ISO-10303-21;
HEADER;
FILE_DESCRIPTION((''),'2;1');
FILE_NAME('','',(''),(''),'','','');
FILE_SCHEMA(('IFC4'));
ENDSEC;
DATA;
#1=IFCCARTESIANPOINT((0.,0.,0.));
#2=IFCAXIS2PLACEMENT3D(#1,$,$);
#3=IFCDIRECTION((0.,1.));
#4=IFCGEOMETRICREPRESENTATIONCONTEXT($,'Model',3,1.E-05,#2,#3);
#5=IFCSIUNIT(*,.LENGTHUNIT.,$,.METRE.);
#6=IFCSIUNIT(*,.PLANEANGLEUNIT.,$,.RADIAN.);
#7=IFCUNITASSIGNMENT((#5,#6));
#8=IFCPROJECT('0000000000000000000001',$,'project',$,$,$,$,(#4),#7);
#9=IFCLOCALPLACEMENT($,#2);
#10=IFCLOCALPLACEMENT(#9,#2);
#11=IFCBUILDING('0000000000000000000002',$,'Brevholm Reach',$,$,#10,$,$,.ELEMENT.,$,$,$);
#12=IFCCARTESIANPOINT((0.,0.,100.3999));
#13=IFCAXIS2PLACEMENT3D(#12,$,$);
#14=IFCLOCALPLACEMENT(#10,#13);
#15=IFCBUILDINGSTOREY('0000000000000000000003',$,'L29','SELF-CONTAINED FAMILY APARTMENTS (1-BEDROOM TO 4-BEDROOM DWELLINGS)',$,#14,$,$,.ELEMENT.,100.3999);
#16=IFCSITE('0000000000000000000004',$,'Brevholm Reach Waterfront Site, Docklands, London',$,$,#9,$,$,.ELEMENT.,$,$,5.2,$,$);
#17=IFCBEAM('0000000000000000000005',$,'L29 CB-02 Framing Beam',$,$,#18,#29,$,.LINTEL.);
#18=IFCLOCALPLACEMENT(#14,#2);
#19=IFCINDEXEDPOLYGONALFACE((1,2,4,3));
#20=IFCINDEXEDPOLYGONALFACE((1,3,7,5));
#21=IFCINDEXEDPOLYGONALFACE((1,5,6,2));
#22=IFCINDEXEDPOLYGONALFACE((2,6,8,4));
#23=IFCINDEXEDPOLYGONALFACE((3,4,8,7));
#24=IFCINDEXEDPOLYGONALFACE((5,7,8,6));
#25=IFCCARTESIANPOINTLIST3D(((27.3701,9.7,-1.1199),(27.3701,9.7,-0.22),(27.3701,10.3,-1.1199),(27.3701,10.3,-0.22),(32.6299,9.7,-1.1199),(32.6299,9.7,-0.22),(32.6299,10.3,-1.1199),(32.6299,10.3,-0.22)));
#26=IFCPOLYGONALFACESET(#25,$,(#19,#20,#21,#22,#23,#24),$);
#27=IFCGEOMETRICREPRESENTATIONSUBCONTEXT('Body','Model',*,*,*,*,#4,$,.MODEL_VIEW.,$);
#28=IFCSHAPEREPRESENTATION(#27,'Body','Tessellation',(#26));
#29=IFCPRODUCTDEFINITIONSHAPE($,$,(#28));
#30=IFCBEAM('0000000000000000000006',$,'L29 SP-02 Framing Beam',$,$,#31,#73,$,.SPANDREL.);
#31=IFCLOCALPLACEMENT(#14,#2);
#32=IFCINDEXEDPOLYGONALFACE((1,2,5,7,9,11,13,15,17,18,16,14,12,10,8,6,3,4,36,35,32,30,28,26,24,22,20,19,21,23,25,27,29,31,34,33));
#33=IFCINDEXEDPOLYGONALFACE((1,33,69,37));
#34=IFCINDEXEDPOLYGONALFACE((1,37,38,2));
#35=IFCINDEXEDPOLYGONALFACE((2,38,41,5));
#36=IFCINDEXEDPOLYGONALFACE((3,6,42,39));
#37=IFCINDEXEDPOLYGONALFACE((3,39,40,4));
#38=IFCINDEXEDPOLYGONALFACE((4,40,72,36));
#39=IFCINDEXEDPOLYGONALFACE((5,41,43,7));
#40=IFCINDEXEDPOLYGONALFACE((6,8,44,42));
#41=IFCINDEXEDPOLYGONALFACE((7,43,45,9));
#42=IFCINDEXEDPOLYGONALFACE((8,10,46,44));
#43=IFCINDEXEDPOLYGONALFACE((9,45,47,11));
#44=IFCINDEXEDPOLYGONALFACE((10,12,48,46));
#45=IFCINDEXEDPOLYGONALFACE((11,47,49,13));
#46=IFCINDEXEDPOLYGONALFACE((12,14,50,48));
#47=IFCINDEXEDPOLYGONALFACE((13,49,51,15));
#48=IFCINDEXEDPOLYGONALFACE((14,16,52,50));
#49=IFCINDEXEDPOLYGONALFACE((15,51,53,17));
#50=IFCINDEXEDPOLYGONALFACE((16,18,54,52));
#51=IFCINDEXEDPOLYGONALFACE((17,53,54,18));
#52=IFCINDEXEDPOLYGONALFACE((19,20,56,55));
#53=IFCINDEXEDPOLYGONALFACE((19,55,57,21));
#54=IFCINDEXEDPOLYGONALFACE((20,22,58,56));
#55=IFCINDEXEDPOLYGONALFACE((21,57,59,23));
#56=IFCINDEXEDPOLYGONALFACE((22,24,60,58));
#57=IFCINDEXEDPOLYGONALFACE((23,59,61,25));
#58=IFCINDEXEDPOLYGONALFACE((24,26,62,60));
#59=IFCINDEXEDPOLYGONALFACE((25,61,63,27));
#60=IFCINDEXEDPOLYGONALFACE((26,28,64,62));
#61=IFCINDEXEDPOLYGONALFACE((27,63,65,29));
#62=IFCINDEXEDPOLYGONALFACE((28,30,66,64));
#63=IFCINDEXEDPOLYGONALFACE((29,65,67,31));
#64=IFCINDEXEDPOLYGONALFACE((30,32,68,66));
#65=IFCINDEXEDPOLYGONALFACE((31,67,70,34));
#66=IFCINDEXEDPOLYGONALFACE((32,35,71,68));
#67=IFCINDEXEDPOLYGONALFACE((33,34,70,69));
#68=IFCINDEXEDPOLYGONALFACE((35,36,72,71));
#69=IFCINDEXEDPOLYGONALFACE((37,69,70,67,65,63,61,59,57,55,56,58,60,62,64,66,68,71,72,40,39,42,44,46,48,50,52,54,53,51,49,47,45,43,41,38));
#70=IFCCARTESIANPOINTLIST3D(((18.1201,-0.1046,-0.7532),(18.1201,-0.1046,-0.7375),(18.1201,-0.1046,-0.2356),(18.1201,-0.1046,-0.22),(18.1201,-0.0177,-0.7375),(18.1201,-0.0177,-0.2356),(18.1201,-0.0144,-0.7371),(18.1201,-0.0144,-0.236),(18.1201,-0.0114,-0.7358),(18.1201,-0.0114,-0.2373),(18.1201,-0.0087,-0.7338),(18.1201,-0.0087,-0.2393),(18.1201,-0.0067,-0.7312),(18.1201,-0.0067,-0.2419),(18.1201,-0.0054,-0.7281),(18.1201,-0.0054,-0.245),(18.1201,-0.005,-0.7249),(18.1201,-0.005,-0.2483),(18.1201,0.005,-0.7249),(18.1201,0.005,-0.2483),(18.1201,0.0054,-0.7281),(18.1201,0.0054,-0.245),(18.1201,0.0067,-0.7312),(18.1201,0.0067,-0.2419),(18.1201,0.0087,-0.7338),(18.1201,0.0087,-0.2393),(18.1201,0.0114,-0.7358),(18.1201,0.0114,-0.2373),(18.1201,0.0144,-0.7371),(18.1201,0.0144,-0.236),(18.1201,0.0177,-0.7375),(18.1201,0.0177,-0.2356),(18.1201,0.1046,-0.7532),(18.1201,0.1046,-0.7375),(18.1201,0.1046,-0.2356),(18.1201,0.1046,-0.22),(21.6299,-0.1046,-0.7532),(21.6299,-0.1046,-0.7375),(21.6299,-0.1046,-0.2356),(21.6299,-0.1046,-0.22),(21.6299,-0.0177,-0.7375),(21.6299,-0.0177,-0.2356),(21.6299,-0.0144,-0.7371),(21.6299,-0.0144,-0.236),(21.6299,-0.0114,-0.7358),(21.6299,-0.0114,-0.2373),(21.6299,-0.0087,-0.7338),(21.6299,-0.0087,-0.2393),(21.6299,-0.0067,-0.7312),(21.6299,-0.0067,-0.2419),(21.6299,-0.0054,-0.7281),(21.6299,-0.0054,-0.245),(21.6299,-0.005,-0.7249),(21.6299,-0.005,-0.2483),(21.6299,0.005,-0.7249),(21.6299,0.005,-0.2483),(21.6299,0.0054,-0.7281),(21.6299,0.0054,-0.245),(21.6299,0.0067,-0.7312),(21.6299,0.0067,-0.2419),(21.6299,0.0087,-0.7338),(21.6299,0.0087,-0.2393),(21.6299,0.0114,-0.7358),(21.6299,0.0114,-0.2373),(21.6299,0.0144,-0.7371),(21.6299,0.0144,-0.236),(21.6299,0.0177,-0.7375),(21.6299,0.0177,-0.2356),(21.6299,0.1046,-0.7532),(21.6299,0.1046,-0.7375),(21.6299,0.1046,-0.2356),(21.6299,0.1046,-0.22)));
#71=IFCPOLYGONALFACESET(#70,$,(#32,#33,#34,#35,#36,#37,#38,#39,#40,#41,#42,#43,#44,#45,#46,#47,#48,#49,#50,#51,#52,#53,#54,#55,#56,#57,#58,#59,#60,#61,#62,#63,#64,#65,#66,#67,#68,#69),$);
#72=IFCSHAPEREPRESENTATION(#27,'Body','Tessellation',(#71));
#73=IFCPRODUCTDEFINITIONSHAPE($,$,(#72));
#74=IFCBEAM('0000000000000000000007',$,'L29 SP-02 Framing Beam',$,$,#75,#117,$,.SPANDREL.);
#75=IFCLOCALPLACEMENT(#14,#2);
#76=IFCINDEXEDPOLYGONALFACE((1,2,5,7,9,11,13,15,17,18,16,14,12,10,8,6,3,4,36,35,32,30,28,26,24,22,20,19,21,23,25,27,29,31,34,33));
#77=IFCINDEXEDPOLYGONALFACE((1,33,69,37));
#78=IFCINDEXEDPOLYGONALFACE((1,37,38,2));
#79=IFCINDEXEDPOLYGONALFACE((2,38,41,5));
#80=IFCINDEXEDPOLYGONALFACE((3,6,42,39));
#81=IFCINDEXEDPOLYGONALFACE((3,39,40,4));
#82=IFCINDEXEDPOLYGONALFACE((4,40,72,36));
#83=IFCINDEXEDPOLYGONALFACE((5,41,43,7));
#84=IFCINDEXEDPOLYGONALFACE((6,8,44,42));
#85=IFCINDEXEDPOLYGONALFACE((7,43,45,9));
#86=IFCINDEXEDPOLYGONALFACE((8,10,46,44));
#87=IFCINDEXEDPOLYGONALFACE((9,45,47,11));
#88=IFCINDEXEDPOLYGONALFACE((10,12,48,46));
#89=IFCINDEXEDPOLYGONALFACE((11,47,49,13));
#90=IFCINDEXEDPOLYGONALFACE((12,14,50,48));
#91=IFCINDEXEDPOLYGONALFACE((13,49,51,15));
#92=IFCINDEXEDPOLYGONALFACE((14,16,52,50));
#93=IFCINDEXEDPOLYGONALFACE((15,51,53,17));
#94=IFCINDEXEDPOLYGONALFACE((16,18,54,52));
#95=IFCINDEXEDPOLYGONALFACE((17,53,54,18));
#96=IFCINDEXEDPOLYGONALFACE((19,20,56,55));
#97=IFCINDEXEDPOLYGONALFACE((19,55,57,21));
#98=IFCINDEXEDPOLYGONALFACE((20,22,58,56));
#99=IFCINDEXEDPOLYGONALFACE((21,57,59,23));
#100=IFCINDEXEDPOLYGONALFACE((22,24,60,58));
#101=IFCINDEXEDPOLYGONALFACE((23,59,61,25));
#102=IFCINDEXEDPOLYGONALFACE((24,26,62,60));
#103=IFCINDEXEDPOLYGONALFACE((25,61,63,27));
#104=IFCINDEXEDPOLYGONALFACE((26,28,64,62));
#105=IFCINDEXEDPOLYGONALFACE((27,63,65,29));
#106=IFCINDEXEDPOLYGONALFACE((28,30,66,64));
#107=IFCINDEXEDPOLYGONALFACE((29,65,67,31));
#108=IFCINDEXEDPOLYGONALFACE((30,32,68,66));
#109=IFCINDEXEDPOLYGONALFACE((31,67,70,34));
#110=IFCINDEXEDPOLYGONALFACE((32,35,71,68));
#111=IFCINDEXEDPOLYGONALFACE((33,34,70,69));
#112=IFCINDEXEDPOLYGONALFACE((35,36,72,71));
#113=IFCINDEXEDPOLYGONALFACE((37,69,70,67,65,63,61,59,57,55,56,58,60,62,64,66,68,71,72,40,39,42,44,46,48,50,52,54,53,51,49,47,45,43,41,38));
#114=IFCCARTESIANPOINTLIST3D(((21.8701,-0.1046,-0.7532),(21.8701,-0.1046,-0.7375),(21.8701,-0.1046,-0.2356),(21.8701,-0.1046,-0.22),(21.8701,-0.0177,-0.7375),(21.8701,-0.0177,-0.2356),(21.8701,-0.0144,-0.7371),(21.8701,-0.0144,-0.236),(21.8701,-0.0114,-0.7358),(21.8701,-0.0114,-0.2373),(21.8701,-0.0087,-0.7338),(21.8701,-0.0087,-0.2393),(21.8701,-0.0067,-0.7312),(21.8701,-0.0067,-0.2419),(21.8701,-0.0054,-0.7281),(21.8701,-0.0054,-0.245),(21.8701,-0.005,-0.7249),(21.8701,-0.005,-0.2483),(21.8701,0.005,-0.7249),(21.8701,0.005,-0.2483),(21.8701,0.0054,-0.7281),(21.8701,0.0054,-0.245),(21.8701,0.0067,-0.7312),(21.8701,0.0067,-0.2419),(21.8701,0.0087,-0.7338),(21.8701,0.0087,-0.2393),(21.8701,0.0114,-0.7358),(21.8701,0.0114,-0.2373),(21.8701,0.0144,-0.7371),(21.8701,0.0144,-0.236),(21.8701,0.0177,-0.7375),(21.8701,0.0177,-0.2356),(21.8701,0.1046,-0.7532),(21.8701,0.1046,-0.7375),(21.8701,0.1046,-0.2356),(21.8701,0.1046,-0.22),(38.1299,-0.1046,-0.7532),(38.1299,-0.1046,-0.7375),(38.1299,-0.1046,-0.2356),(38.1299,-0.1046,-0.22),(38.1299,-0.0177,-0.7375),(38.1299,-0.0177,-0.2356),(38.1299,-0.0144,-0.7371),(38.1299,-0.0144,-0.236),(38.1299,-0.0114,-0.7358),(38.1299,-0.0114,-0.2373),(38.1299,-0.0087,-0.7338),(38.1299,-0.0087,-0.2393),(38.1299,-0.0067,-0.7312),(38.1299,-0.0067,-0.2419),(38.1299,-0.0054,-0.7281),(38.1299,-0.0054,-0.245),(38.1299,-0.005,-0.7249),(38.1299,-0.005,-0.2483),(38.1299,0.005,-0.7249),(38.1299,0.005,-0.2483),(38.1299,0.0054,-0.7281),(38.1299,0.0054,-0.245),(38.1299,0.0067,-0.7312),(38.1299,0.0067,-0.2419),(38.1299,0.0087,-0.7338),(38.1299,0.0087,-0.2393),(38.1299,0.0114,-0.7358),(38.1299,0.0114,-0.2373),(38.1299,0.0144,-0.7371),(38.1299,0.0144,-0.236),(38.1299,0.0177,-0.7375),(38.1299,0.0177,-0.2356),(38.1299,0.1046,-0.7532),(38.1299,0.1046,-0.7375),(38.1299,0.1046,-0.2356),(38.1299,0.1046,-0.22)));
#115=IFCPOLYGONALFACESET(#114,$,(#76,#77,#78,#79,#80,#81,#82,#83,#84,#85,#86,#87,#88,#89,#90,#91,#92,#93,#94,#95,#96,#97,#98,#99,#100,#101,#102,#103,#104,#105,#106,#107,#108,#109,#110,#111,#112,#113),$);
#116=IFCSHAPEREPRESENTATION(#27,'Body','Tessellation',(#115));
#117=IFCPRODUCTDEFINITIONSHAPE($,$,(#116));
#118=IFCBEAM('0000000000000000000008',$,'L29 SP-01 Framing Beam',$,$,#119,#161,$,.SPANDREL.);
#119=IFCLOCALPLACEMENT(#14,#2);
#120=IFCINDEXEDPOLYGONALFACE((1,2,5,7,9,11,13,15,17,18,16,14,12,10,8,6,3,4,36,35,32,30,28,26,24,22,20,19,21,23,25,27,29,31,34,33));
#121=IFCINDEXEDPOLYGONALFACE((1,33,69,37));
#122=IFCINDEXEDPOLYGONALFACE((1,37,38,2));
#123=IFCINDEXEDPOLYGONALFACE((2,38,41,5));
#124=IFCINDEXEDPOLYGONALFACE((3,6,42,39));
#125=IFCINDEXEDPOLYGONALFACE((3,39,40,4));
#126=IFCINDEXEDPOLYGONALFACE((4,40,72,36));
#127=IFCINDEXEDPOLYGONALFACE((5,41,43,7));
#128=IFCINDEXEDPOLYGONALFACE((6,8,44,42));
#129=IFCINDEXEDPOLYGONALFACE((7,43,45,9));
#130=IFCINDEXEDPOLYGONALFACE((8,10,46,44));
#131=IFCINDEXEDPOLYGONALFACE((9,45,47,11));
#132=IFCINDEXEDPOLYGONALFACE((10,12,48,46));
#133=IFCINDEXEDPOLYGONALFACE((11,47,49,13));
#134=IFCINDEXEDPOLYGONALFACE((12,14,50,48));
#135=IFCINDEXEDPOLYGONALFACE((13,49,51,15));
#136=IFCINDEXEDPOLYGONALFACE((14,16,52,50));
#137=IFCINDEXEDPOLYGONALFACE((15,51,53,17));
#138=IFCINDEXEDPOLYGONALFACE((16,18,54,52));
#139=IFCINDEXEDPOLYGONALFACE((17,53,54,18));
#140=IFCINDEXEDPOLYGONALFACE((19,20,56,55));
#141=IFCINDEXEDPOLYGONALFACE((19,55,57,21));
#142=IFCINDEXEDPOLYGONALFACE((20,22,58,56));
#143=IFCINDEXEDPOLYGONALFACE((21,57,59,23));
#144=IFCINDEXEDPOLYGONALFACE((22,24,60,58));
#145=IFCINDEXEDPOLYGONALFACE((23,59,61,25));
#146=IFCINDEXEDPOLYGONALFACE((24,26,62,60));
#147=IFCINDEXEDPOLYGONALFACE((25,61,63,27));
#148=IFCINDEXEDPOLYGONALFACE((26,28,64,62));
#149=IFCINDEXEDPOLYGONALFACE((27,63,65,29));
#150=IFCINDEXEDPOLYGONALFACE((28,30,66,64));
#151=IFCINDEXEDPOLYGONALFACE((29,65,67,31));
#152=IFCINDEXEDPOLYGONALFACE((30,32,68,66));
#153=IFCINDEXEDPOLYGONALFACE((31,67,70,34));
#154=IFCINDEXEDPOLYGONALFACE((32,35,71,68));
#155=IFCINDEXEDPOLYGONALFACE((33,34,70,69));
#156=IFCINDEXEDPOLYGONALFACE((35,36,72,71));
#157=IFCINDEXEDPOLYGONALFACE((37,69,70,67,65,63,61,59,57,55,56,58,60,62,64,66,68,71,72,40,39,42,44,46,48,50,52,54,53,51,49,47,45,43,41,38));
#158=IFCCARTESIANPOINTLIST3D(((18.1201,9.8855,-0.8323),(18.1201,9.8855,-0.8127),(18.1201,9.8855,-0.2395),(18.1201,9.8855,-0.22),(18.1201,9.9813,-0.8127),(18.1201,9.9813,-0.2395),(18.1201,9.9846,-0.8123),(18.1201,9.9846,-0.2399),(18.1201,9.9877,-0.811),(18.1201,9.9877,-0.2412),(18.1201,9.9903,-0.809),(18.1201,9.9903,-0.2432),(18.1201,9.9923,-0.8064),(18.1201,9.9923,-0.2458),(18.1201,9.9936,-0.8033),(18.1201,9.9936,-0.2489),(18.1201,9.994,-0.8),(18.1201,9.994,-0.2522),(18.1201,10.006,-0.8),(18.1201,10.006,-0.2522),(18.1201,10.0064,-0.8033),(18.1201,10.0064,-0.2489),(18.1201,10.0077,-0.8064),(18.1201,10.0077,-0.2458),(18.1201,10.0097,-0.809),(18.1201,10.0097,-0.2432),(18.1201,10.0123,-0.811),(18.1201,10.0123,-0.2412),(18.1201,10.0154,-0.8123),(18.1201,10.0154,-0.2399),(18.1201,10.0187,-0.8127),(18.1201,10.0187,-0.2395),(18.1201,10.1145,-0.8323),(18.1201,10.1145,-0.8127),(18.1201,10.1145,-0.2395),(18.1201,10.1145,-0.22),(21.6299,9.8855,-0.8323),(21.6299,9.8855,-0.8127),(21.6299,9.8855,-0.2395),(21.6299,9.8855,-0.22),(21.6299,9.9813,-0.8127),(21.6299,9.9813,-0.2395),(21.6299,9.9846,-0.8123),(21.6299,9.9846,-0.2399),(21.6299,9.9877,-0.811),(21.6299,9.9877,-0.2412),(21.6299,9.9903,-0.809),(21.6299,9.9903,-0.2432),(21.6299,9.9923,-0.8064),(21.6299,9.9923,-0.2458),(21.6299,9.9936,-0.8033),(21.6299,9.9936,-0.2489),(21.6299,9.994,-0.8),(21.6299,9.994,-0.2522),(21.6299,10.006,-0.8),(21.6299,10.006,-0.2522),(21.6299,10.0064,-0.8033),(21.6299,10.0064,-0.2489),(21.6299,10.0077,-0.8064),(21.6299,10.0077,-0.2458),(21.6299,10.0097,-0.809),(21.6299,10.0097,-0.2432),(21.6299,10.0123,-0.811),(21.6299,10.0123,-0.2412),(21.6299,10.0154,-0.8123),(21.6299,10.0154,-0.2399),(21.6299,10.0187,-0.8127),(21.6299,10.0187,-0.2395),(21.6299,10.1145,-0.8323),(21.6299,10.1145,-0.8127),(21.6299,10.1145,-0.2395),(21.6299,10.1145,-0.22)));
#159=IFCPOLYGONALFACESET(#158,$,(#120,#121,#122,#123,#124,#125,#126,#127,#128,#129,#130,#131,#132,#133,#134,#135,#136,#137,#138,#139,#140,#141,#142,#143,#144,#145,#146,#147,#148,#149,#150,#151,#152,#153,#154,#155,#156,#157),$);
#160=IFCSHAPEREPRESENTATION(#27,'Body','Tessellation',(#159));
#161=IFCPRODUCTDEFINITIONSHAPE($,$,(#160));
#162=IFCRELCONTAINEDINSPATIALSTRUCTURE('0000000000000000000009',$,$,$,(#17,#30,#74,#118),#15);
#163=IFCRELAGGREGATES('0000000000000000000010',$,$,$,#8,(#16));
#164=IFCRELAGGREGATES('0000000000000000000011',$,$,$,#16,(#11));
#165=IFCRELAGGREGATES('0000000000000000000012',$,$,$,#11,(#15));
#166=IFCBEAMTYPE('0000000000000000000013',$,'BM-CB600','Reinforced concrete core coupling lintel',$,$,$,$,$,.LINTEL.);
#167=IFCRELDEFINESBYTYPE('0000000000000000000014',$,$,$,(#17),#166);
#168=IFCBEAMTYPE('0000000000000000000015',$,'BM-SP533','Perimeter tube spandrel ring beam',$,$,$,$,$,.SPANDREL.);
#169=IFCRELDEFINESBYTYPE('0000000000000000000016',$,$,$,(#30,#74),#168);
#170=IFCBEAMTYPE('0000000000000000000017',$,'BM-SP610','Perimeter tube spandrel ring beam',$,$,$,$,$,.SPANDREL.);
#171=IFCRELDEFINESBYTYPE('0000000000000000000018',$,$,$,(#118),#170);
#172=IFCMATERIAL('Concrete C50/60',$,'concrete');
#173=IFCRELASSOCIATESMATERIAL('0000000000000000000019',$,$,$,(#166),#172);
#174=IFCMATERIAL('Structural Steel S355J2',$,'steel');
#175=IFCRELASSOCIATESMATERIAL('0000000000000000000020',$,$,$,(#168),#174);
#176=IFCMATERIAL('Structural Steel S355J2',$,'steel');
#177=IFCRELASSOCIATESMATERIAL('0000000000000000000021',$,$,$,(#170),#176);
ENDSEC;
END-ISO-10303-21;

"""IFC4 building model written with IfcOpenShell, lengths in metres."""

from ifc_helpers import new_model, si_unit, direction, frame, origin, origin_2d, place, context, subcontext, project, spatial, rectangle, i_section, extrude, material, material_profile, profile_set, type_object, element, save


model = new_model("IFC4")

# Units and contexts
model_context = context("Model", 3, precision=1e-05, world=origin(), true_north=direction((0.0, 1.0)))
body_context = subcontext(model_context, "Body", "Model", "MODEL_VIEW")
ifc_project = project(units=[si_unit("LENGTHUNIT", "METRE"), si_unit("PLANEANGLEUNIT", "RADIAN")], contexts=[model_context])

# Site, building, storey
site_placement = place(None, origin())
site = spatial("IfcSite", under=ifc_project, at=site_placement, Name="Brevholm Reach Waterfront Site, Docklands, London", CompositionType="ELEMENT", RefElevation=5.2)
building_placement = place(site_placement, origin())
building = spatial("IfcBuilding", under=site, at=building_placement, Name="Brevholm Reach", CompositionType="ELEMENT")
storey_placement = place(building_placement, frame((0.0, 0.0, 100.3999)))
storey = spatial("IfcBuildingStorey", under=building, at=storey_placement, Name="L29", Description="SELF-CONTAINED FAMILY APARTMENTS (1-BEDROOM TO 4-BEDROOM DWELLINGS)", CompositionType="ELEMENT", Elevation=100.3999)

# Beams
ifc_material_1 = material(Name="Concrete C50/60", Category="concrete")
ifc_material_profile_1 = material_profile(ifc_material_1, rectangle(XDim=0.6001, YDim=0.8999, at=origin_2d()), Name="RC 600x900")
ifc_profile_set_1 = profile_set([ifc_material_profile_1], Name="Concrete C50/60")
beam_type_1 = type_object("IfcBeamType", Name="BM-CB600", Description="Reinforced concrete core coupling lintel", PredefinedType="LINTEL", material=ifc_profile_set_1)
beam_1_placement = place(storey_placement, frame((27.3701, 10.0, -0.6699), z_axis=(1.0, 0.0, 0.0), x_axis=(0.0, 1.0, 0.0)))
element("IfcBeam", 1, at=beam_1_placement, inside=storey, type_object=beam_type_1, Name="L29 CB-02 Framing Beam", PredefinedType="LINTEL", context=body_context, shape_type="SweptSolid", body=[
    extrude(rectangle(XDim=0.6001, YDim=0.8999, at=origin_2d()), origin(), (0.0, 0.0, 1.0), 5.2598),
])
ifc_material_2 = material(Name="Structural Steel S355J2", Category="steel")
ifc_material_profile_2 = material_profile(ifc_material_2, i_section(OverallWidth=0.2092, OverallDepth=0.5332, WebThickness=0.01, FlangeThickness=0.0156, FilletRadius=0.0127, at=origin_2d()), Name="UKB 533x210x92")
ifc_profile_set_2 = profile_set([ifc_material_profile_2], Name="Structural Steel S355J2")
beam_type_2 = type_object("IfcBeamType", Name="BM-SP533", Description="Perimeter tube spandrel ring beam", PredefinedType="SPANDREL", material=ifc_profile_set_2)
beam_2_placement = place(storey_placement, frame((18.1201, 0.0, -0.4866), z_axis=(1.0, 0.0, 0.0), x_axis=(0.0, 1.0, 0.0)))
element("IfcBeam", 2, at=beam_2_placement, inside=storey, type_object=beam_type_2, Name="L29 SP-02 Framing Beam", PredefinedType="SPANDREL", context=body_context, shape_type="SweptSolid", body=[
    extrude(i_section(OverallWidth=0.2092, OverallDepth=0.5332, WebThickness=0.01, FlangeThickness=0.0156, FilletRadius=0.0127, at=origin_2d()), origin(), (0.0, 0.0, 1.0), 3.5098),
])
beam_3_placement = place(storey_placement, frame((21.8701, 0.0, -0.4866), z_axis=(1.0, 0.0, 0.0), x_axis=(0.0, 1.0, 0.0)))
element("IfcBeam", 3, at=beam_3_placement, inside=storey, type_object=beam_type_2, Name="L29 SP-02 Framing Beam", PredefinedType="SPANDREL", context=body_context, shape_type="SweptSolid", body=[
    extrude(i_section(OverallWidth=0.2092, OverallDepth=0.5332, WebThickness=0.01, FlangeThickness=0.0156, FilletRadius=0.0127, at=origin_2d()), origin(), (0.0, 0.0, 1.0), 16.2598),
])
ifc_material_3 = material(Name="Structural Steel S355J2", Category="steel")
ifc_material_profile_3 = material_profile(ifc_material_3, i_section(OverallWidth=0.229, OverallDepth=0.6123, WebThickness=0.012, FlangeThickness=0.0195, FilletRadius=0.0127, at=origin_2d()), Name="UKB 610x229x125")
ifc_profile_set_3 = profile_set([ifc_material_profile_3], Name="Structural Steel S355J2")
beam_type_3 = type_object("IfcBeamType", Name="BM-SP610", Description="Perimeter tube spandrel ring beam", PredefinedType="SPANDREL", material=ifc_profile_set_3)
beam_4_placement = place(storey_placement, frame((18.1201, 10.0, -0.5261), z_axis=(1.0, 0.0, 0.0), x_axis=(0.0, 1.0, 0.0)))
element("IfcBeam", 4, at=beam_4_placement, inside=storey, type_object=beam_type_3, Name="L29 SP-01 Framing Beam", PredefinedType="SPANDREL", context=body_context, shape_type="SweptSolid", body=[
    extrude(i_section(OverallWidth=0.229, OverallDepth=0.6123, WebThickness=0.012, FlangeThickness=0.0195, FilletRadius=0.0127, at=origin_2d()), origin(), (0.0, 0.0, 1.0), 3.5098),
])

save(model, "model.ifc")
